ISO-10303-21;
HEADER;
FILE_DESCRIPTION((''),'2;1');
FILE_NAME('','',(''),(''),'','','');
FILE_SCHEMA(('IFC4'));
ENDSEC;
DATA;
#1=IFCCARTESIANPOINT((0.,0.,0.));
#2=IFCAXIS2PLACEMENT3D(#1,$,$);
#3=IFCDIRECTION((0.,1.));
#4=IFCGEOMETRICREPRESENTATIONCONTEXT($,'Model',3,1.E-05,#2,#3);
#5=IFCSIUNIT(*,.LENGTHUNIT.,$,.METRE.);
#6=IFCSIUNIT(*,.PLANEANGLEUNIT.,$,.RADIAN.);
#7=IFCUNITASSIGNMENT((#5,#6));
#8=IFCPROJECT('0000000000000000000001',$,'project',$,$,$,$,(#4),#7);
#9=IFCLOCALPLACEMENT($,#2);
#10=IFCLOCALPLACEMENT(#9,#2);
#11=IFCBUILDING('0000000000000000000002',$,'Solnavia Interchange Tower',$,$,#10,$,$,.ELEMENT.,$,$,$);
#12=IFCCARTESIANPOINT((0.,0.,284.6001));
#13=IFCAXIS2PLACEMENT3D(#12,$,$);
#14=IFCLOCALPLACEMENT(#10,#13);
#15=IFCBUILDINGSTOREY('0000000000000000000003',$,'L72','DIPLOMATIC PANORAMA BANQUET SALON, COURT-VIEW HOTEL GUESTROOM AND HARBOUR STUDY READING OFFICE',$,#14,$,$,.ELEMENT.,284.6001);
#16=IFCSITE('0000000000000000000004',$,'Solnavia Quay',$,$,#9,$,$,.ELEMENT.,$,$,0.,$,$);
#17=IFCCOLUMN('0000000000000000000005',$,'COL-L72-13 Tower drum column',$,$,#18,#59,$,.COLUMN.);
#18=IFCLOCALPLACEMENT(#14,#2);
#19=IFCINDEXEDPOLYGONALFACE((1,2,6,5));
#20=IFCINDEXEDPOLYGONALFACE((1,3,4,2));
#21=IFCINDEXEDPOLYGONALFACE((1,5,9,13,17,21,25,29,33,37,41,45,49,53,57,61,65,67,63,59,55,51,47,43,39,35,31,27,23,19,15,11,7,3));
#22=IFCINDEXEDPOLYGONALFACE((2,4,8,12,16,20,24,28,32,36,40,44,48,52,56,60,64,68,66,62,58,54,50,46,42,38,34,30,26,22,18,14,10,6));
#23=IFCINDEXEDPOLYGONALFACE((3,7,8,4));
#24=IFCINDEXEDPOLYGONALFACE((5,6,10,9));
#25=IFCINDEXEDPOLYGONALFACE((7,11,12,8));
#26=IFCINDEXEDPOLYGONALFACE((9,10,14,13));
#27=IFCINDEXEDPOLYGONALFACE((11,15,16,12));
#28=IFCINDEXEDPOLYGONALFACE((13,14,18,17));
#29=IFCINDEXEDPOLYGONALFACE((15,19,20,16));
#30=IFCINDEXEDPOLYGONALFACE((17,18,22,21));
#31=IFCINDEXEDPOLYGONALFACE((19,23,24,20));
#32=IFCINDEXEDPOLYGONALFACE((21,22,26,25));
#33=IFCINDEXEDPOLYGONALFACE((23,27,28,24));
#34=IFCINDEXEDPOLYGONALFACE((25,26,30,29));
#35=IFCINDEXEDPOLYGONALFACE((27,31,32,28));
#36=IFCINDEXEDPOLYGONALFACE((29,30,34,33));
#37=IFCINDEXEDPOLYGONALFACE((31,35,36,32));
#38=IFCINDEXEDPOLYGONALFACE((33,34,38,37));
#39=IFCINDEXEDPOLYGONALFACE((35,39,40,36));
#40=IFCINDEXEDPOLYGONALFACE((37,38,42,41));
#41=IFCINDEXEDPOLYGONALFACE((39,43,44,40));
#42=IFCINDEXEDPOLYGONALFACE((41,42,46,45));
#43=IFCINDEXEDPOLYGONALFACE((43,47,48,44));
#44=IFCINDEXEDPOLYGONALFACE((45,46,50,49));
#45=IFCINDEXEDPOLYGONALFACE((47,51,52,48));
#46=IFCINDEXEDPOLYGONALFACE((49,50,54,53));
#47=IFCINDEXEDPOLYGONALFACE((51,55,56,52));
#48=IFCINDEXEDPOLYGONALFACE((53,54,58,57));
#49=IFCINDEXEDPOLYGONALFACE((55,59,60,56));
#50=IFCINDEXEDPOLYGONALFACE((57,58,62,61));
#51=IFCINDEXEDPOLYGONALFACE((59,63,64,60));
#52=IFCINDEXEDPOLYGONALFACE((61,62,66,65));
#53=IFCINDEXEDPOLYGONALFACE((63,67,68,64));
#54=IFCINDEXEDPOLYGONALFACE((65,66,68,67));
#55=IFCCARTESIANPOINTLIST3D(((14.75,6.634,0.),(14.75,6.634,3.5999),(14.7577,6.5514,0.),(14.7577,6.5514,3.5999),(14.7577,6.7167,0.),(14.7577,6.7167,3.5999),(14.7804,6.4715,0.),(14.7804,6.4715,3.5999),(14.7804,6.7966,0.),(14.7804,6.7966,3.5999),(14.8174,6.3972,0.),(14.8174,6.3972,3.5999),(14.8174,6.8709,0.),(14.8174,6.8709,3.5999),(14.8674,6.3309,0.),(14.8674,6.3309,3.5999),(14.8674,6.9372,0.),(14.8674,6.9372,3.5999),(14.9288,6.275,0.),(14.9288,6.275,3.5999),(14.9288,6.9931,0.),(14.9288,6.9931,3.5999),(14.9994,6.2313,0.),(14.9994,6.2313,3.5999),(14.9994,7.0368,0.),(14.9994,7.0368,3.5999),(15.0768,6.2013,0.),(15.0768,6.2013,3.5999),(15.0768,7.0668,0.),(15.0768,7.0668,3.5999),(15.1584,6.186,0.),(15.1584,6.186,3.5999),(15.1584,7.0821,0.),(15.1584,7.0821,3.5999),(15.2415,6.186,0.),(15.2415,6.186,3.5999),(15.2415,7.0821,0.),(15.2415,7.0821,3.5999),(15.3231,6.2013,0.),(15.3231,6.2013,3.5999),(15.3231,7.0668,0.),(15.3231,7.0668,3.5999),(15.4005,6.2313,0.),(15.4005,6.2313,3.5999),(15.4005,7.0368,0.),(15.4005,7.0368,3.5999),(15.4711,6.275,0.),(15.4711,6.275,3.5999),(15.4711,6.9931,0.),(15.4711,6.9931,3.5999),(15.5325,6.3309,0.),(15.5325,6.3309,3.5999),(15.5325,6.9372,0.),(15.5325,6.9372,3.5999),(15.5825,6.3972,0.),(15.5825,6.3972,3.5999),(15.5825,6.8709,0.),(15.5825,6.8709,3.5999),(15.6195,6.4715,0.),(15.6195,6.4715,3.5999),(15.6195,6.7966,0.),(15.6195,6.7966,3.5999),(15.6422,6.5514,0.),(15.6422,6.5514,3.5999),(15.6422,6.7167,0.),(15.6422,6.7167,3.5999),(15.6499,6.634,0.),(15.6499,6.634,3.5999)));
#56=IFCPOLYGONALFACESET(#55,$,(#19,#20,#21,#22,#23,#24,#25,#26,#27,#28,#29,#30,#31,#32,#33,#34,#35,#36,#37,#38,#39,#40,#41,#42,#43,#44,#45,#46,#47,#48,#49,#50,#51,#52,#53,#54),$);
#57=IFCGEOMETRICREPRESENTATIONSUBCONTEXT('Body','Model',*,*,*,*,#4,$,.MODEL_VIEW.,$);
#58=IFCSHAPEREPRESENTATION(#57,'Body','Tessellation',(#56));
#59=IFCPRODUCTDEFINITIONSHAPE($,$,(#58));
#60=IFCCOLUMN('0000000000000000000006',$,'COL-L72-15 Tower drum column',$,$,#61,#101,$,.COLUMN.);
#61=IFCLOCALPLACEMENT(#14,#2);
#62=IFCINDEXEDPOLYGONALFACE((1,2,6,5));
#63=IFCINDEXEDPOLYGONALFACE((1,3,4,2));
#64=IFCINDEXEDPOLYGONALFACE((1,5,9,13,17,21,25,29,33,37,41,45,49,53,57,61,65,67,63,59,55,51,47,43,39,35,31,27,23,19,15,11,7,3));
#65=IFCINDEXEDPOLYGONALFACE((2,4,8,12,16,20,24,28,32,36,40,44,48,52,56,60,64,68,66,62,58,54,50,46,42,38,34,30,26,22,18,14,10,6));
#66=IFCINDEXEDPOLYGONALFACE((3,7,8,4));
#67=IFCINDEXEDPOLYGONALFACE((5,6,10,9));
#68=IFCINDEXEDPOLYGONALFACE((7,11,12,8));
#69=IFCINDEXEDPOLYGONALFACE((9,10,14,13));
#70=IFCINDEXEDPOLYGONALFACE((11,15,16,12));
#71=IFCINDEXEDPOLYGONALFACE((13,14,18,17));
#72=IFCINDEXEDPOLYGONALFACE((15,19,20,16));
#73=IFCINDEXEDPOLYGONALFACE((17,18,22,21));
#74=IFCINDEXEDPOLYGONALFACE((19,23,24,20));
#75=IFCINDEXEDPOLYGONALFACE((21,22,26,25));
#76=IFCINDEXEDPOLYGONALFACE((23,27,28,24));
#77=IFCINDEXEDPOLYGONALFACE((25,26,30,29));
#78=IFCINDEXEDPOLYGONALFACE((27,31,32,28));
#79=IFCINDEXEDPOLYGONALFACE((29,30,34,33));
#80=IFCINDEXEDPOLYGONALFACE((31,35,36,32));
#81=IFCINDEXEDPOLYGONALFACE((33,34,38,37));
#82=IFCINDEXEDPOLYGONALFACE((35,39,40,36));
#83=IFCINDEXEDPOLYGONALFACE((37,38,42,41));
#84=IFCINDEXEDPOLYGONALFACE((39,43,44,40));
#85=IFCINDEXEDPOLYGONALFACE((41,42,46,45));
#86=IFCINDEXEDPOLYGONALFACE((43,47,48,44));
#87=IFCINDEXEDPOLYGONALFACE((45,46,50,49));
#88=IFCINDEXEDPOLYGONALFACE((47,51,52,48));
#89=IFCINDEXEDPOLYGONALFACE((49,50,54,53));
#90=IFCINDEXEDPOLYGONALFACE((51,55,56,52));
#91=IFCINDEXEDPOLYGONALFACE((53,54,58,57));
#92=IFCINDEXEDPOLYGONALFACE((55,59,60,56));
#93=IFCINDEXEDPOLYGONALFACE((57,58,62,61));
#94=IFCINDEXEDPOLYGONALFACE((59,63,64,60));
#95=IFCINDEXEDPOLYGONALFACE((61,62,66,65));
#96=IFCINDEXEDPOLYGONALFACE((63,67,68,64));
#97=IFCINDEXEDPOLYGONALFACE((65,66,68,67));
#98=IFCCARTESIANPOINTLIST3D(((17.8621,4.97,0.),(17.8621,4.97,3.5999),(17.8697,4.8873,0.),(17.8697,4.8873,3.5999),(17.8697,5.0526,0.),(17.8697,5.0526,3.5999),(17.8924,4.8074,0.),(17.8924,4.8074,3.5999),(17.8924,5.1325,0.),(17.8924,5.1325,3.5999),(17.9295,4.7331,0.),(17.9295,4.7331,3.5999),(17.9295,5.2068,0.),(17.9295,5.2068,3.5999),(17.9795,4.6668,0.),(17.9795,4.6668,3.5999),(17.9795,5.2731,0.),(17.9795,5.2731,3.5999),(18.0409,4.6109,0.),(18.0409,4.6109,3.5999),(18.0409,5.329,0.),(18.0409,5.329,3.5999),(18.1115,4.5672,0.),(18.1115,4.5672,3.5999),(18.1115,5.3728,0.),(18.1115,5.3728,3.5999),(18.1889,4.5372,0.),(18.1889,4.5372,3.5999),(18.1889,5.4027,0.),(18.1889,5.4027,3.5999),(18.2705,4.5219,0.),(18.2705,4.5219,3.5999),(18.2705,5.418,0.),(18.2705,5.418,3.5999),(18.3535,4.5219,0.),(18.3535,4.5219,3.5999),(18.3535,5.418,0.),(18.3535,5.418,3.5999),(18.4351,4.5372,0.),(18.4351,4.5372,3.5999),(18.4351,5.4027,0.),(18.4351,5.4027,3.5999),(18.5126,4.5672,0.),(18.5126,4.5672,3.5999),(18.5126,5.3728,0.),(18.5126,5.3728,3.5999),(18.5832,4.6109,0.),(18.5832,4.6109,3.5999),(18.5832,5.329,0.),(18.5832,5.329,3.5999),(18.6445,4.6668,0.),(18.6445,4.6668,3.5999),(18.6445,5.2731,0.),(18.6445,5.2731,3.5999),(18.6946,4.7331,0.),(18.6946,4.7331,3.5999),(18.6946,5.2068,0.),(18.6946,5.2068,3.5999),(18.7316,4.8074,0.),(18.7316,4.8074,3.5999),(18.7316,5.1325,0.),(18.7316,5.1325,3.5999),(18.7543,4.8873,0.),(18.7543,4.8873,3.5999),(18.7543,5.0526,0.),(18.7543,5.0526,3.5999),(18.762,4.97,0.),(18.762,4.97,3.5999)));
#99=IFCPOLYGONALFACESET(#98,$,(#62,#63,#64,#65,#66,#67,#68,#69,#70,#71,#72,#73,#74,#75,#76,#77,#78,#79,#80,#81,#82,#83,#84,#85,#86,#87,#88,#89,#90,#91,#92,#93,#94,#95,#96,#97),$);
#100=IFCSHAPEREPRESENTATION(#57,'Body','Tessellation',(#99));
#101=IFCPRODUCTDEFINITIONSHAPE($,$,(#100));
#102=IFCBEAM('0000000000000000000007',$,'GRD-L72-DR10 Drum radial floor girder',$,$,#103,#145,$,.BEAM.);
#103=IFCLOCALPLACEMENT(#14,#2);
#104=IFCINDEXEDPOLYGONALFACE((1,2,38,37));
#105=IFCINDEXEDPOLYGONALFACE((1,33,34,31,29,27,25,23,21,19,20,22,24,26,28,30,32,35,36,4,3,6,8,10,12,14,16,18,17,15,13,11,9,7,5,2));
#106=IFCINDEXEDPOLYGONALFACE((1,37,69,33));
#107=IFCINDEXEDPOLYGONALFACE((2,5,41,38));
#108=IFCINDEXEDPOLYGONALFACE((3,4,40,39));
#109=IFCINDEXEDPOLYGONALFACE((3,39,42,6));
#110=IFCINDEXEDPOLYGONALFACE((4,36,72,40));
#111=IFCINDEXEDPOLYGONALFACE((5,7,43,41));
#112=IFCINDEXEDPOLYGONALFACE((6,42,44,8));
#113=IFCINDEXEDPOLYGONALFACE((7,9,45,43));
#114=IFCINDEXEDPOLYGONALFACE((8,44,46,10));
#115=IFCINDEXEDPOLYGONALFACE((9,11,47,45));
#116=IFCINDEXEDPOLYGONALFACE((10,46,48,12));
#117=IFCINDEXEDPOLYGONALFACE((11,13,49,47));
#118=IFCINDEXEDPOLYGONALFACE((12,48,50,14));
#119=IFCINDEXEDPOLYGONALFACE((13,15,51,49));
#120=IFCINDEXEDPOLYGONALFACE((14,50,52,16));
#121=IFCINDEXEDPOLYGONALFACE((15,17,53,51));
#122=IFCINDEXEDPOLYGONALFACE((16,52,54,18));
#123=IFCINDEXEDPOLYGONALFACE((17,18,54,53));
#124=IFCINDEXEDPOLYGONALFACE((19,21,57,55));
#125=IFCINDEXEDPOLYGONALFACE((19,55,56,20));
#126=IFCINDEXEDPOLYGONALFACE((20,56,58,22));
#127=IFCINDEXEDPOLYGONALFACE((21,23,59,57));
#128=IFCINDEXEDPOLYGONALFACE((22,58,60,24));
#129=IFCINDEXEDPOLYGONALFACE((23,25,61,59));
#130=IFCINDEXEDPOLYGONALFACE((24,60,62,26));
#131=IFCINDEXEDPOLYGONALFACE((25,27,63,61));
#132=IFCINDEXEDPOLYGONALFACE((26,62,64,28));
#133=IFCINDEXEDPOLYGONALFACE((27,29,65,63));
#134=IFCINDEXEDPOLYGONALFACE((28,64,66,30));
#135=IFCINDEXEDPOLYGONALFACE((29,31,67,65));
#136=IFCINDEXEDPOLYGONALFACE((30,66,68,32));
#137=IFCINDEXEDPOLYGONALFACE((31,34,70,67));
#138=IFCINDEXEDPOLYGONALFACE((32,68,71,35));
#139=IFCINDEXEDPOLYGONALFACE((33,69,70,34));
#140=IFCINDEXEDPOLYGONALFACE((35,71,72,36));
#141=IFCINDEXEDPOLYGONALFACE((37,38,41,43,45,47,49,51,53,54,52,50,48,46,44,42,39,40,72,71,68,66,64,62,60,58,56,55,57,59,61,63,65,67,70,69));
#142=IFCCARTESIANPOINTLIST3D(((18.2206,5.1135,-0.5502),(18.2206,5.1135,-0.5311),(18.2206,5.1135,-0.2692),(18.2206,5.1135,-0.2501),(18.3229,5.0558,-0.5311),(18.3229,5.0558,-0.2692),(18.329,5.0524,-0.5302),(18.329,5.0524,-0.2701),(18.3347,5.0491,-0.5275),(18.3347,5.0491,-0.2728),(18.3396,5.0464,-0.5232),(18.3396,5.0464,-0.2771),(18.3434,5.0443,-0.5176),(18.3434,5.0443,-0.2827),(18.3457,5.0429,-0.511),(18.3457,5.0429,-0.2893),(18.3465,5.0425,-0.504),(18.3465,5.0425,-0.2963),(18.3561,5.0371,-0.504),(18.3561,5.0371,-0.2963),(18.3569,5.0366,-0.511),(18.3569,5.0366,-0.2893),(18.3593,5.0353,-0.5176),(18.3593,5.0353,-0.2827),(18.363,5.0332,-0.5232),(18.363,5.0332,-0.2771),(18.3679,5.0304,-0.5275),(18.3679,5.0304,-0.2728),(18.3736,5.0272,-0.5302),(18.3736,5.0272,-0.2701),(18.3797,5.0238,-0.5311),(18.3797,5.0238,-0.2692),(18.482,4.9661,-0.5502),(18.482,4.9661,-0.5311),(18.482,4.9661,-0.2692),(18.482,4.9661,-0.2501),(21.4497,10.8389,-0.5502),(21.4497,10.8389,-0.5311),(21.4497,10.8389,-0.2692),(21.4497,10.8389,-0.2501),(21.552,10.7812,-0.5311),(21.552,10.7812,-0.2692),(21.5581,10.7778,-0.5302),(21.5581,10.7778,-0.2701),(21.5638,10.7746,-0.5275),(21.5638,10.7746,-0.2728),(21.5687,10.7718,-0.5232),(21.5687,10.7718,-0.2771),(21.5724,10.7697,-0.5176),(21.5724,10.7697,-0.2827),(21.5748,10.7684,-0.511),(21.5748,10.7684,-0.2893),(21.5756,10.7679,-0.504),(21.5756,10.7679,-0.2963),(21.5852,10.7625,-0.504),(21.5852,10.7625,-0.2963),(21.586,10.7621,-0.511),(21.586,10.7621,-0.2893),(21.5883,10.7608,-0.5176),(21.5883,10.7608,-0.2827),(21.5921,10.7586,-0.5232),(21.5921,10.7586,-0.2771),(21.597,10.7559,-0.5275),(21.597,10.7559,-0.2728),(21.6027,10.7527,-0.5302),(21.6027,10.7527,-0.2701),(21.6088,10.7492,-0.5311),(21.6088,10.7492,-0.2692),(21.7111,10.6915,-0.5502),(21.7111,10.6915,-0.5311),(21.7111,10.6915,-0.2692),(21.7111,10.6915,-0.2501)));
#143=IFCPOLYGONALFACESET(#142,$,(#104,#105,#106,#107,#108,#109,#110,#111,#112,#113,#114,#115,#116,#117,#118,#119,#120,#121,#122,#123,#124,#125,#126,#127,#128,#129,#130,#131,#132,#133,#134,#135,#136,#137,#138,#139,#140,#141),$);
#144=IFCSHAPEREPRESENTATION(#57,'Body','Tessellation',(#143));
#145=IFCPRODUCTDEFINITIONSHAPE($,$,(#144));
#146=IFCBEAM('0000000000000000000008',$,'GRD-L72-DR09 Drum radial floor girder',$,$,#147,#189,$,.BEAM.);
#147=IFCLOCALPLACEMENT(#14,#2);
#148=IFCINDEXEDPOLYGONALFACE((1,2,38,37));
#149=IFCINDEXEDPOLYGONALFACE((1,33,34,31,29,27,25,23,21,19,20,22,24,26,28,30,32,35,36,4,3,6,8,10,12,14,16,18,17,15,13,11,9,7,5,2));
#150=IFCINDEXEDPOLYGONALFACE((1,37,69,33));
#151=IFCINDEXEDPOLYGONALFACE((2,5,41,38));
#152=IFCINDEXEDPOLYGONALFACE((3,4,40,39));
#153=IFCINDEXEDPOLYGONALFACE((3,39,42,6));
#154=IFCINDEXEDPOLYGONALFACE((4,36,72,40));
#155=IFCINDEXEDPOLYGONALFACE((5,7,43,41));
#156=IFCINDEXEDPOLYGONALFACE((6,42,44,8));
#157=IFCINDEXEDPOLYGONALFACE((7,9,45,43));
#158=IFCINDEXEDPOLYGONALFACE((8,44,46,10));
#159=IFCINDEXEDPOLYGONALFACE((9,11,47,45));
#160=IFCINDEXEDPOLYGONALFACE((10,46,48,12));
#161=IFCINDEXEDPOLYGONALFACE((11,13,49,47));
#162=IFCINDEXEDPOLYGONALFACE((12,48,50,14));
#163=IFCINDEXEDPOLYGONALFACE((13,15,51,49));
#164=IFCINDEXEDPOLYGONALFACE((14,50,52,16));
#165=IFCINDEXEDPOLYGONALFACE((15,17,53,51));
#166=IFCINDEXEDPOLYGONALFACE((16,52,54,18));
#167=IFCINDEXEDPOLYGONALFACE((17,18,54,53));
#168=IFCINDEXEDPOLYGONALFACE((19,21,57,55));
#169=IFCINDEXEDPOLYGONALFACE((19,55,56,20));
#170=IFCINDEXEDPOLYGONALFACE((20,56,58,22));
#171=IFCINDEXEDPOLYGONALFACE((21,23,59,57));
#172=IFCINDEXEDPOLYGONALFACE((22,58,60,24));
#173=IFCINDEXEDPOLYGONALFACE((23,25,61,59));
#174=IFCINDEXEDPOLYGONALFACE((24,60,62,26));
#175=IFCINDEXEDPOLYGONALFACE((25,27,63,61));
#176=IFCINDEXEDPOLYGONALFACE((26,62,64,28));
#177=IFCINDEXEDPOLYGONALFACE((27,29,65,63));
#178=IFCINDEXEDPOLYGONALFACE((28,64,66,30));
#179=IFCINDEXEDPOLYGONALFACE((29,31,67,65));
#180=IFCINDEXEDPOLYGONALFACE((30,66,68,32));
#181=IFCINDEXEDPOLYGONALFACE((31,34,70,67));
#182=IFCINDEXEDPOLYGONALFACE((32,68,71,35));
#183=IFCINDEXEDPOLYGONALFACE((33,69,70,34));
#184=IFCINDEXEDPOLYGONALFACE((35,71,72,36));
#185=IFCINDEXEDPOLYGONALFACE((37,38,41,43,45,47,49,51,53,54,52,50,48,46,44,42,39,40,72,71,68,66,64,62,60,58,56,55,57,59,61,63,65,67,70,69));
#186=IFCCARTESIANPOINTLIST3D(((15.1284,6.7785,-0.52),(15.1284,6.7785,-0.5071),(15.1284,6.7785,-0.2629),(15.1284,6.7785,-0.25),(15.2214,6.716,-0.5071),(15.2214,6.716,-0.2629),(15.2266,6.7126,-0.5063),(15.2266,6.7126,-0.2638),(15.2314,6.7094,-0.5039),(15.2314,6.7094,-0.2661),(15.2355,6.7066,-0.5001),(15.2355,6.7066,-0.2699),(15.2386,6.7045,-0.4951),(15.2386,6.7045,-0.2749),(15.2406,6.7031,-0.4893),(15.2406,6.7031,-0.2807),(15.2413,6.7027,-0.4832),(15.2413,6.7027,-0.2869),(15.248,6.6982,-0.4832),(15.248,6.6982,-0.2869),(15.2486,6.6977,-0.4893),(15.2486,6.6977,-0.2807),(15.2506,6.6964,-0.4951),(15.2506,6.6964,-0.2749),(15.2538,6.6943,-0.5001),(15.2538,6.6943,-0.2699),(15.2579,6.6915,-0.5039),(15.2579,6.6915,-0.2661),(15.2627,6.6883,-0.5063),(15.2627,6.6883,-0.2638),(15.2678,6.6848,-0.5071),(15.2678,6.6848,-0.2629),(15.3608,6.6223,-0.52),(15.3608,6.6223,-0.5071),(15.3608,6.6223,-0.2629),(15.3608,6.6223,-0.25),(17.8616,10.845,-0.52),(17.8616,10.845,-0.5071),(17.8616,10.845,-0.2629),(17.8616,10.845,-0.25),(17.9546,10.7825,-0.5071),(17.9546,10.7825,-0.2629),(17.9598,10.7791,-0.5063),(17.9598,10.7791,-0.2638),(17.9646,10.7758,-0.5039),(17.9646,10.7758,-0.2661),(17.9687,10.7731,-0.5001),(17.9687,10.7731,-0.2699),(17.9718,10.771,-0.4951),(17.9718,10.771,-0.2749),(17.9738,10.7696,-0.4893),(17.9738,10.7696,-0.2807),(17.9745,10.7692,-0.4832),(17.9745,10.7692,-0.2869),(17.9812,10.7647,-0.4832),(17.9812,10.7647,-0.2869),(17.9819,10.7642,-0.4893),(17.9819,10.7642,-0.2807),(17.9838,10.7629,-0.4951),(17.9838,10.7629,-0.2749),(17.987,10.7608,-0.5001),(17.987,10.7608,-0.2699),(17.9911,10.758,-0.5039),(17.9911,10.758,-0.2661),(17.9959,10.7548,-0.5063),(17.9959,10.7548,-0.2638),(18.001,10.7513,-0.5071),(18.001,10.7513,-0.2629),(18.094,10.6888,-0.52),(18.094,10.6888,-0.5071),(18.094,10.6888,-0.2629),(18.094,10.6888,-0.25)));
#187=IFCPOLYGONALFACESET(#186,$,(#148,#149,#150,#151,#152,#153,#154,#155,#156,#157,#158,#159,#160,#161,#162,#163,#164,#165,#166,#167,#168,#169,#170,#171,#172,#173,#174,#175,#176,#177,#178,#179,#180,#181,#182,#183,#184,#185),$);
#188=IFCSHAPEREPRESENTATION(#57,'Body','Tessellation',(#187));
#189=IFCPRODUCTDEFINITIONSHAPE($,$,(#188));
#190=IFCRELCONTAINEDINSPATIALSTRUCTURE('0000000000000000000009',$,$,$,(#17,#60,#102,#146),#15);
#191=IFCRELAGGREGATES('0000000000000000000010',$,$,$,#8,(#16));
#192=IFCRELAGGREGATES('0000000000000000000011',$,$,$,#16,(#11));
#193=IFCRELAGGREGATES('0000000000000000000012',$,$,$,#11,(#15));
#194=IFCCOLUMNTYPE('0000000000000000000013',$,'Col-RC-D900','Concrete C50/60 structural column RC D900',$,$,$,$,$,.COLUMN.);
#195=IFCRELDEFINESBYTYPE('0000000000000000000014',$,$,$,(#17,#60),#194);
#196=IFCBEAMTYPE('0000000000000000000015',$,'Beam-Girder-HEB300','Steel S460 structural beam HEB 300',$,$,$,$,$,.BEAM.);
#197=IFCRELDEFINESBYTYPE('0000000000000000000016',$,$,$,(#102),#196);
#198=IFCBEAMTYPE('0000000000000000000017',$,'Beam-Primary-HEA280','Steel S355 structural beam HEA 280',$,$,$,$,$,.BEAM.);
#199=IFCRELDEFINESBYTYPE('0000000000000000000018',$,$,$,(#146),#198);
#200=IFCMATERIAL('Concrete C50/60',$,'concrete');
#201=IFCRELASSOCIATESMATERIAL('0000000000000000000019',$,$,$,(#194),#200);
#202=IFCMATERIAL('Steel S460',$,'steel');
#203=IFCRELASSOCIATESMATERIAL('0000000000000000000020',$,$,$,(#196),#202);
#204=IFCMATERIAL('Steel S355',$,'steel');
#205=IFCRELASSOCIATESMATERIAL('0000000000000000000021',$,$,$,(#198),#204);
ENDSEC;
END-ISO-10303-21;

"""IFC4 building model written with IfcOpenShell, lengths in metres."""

from ifc_helpers import new_model, si_unit, direction, frame, origin, origin_2d, place, context, subcontext, project, spatial, circle, i_section, extrude, material, material_profile, profile_set, type_object, element, save


model = new_model("IFC4")

# Units and contexts
model_context = context("Model", 3, precision=1e-05, world=origin(), true_north=direction((0.0, 1.0)))
body_context = subcontext(model_context, "Body", "Model", "MODEL_VIEW")
ifc_project = project(units=[si_unit("LENGTHUNIT", "METRE"), si_unit("PLANEANGLEUNIT", "RADIAN")], contexts=[model_context])

# Site, building, storey
site_placement = place(None, origin())
site = spatial("IfcSite", under=ifc_project, at=site_placement, Name="Solnavia Quay", CompositionType="ELEMENT", RefElevation=0.0)
building_placement = place(site_placement, origin())
building = spatial("IfcBuilding", under=site, at=building_placement, Name="Solnavia Interchange Tower", CompositionType="ELEMENT")
storey_placement = place(building_placement, frame((0.0, 0.0, 284.6001)))
storey = spatial("IfcBuildingStorey", under=building, at=storey_placement, Name="L72", Description="DIPLOMATIC PANORAMA BANQUET SALON, COURT-VIEW HOTEL GUESTROOM AND HARBOUR STUDY READING OFFICE", CompositionType="ELEMENT", Elevation=284.6001)

# Columns
ifc_material_1 = material(Name="Concrete C50/60", Category="concrete")
ifc_material_profile_1 = material_profile(ifc_material_1, circle(Radius=0.45, at=origin_2d()), Name="RC D900")
ifc_profile_set_1 = profile_set([ifc_material_profile_1], Name="Concrete C50/60")
column_type = type_object("IfcColumnType", Name="Col-RC-D900", Description="Concrete C50/60 structural column RC D900", PredefinedType="COLUMN", material=ifc_profile_set_1)
for number, where, z_axis, x_axis, name in (
    (1, (15.2, 6.634, 0.0), (0.0, 0.0, 1.0), (1.0, 0.0, 0.0), "COL-L72-13 Tower drum column"),
    (2, (18.312, 4.97, 0.0), (0.0, 0.0, 1.0), (1.0, 0.0, 0.0), "COL-L72-15 Tower drum column"),
):
    element("IfcColumn", number, at=place(storey_placement, frame(where, z_axis=z_axis, x_axis=x_axis)), inside=storey, type_object=column_type, Name=name, PredefinedType="COLUMN", context=body_context, shape_type="SweptSolid", body=[
        extrude(circle(Radius=0.45, at=origin_2d()), origin(), (0.0, 0.0, 1.0), 3.5999),
    ])

# Beams
ifc_material_2 = material(Name="Steel S460", Category="steel")
ifc_material_profile_2 = material_profile(ifc_material_2, i_section(OverallWidth=0.3, OverallDepth=0.3, WebThickness=0.011, FlangeThickness=0.019, FilletRadius=0.0271, at=origin_2d()), Name="HEB 300")
ifc_profile_set_2 = profile_set([ifc_material_profile_2], Name="Steel S460")
beam_type_1 = type_object("IfcBeamType", Name="Beam-Girder-HEB300", Description="Steel S460 structural beam HEB 300", PredefinedType="BEAM", material=ifc_profile_set_2)
beam_1_placement = place(storey_placement, frame((18.3513, 5.0398, -0.4001), z_axis=(0.491243, 0.871022, 0.0), x_axis=(-0.871022, 0.491243, 0.0)))
element("IfcBeam", 3, at=beam_1_placement, inside=storey, type_object=beam_type_1, Name="GRD-L72-DR10 Drum radial floor girder", PredefinedType="BEAM", context=body_context, shape_type="SweptSolid", body=[
    extrude(i_section(OverallWidth=0.3, OverallDepth=0.3, WebThickness=0.011, FlangeThickness=0.019, FilletRadius=0.0271, at=origin_2d()), origin(), (0.0, 0.0, 1.0), 6.5732),
])
ifc_material_3 = material(Name="Steel S355", Category="steel")
ifc_material_profile_3 = material_profile(ifc_material_3, i_section(OverallWidth=0.28, OverallDepth=0.27, WebThickness=0.0081, FlangeThickness=0.0129, FilletRadius=0.0239, at=origin_2d()), Name="HEA 280")
ifc_profile_set_3 = profile_set([ifc_material_profile_3], Name="Steel S355")
beam_type_2 = type_object("IfcBeamType", Name="Beam-Primary-HEA280", Description="Steel S355 structural beam HEA 280", PredefinedType="BEAM", material=ifc_profile_set_3)
beam_2_placement = place(storey_placement, frame((15.2446, 6.7004, -0.385), z_axis=(0.557835, 0.829952, 0.0), x_axis=(-0.829952, 0.557835, 0.0)))
element("IfcBeam", 4, at=beam_2_placement, inside=storey, type_object=beam_type_2, Name="GRD-L72-DR09 Drum radial floor girder", PredefinedType="BEAM", context=body_context, shape_type="SweptSolid", body=[
    extrude(i_section(OverallWidth=0.28, OverallDepth=0.27, WebThickness=0.0081, FlangeThickness=0.0129, FilletRadius=0.0239, at=origin_2d()), origin(), (0.0, 0.0, 1.0), 4.8997),
])

save(model, "model.ifc")
